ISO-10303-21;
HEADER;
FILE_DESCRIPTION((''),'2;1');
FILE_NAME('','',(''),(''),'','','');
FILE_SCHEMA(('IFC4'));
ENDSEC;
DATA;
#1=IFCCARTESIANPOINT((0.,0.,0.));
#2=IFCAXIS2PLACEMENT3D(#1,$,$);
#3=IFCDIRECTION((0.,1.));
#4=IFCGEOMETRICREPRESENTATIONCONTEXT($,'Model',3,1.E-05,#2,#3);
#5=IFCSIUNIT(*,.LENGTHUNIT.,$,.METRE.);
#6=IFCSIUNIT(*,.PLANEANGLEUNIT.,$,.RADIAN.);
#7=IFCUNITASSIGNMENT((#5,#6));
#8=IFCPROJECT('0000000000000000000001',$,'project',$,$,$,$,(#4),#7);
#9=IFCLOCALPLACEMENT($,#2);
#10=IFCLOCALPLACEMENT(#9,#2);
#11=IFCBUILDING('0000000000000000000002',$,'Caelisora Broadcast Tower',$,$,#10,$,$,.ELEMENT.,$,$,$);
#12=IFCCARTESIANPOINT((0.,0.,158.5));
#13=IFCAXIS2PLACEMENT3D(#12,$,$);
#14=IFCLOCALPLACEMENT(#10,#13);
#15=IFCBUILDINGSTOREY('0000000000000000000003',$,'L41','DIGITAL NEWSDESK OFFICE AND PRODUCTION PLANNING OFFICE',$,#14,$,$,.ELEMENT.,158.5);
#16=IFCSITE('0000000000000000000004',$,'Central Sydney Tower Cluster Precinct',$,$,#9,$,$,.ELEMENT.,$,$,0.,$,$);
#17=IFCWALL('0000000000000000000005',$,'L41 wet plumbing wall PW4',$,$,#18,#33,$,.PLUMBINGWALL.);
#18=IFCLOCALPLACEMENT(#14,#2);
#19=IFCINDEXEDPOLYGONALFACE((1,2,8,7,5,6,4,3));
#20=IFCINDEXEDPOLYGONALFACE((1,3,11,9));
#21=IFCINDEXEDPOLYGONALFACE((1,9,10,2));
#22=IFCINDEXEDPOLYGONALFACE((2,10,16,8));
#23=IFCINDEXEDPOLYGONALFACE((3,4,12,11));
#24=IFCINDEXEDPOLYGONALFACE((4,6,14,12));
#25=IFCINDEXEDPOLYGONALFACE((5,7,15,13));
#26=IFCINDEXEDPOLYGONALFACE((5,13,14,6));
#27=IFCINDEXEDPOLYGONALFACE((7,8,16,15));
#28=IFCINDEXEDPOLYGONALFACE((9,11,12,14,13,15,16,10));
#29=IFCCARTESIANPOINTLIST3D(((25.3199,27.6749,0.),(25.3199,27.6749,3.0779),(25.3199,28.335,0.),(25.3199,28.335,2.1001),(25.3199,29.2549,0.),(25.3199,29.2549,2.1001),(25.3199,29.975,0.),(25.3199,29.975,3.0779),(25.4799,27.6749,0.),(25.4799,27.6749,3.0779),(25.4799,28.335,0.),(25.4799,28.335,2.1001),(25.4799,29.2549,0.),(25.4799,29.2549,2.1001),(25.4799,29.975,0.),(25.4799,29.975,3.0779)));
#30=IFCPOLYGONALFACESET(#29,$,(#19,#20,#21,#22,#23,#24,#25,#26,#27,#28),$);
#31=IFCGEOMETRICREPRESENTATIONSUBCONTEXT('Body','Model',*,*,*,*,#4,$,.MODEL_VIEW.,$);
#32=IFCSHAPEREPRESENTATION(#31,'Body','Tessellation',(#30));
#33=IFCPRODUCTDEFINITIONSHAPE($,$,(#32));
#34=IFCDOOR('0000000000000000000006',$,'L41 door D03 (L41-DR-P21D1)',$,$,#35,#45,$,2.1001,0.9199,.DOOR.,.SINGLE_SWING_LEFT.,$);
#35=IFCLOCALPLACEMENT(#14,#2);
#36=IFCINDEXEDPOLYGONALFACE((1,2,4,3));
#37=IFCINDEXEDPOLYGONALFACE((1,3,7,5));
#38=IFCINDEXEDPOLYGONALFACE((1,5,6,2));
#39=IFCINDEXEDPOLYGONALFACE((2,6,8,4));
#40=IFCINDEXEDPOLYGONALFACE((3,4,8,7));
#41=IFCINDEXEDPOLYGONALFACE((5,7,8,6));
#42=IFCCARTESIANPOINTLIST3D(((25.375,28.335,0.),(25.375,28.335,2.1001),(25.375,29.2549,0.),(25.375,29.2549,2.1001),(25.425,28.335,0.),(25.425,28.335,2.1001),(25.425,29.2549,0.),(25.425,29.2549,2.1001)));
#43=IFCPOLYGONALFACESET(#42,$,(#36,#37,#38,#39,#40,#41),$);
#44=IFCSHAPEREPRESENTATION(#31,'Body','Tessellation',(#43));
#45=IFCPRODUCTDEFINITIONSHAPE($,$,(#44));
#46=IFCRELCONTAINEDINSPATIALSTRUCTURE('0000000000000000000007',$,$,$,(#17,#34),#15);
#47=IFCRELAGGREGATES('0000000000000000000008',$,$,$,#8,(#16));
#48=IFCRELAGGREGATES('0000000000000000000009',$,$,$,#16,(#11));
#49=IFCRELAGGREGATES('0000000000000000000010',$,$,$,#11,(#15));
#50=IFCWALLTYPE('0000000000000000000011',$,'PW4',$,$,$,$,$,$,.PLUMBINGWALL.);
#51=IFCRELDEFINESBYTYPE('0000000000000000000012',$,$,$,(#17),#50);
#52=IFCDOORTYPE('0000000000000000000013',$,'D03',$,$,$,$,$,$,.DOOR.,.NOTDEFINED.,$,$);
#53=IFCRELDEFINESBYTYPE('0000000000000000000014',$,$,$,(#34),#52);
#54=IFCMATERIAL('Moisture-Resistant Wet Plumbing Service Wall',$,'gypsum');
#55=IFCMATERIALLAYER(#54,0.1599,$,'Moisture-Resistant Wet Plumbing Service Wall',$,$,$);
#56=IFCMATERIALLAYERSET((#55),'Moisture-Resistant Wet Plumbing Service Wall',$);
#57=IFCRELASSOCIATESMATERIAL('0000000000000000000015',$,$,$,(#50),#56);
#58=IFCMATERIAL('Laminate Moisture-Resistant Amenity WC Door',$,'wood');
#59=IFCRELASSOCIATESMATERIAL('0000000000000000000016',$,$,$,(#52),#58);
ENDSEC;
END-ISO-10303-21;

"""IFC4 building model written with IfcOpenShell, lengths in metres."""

from ifc_helpers import new_model, si_unit, direction, frame, frame_2d, origin, place, context, subcontext, project, spatial, rectangle, extrude, material, layer, layer_set, type_object, element, fill, save


model = new_model("IFC4")

# Units and contexts
model_context = context("Model", 3, precision=1e-05, world=origin(), true_north=direction((0.0, 1.0)))
body_context = subcontext(model_context, "Body", "Model", "MODEL_VIEW")
ifc_project = project(units=[si_unit("LENGTHUNIT", "METRE"), si_unit("PLANEANGLEUNIT", "RADIAN")], contexts=[model_context])

# Site, building, storey
site_placement = place(None, origin())
site = spatial("IfcSite", under=ifc_project, at=site_placement, Name="Central Sydney Tower Cluster Precinct", CompositionType="ELEMENT", RefElevation=0.0)
building_placement = place(site_placement, origin())
building = spatial("IfcBuilding", under=site, at=building_placement, Name="Caelisora Broadcast Tower", CompositionType="ELEMENT")
storey_placement = place(building_placement, frame((0.0, 0.0, 158.5)))
storey = spatial("IfcBuildingStorey", under=building, at=storey_placement, Name="L41", Description="DIGITAL NEWSDESK OFFICE AND PRODUCTION PLANNING OFFICE", CompositionType="ELEMENT", Elevation=158.5)

# Wall, opening, door
ifc_material_1 = material(Name="Moisture-Resistant Wet Plumbing Service Wall", Category="gypsum")
ifc_layer_1 = layer(ifc_material_1, 0.1599, Name="Moisture-Resistant Wet Plumbing Service Wall")
ifc_layer_set_1 = layer_set([ifc_layer_1], Name="Moisture-Resistant Wet Plumbing Service Wall")
wall_type_1 = type_object("IfcWallType", Name="PW4", PredefinedType="PLUMBINGWALL", material=ifc_layer_set_1)
ifc_material_2 = material(Name="Laminate Moisture-Resistant Amenity WC Door", Category="wood")
door_type_1 = type_object("IfcDoorType", Name="D03", OperationType="NOTDEFINED", PredefinedType="DOOR", material=ifc_material_2)
wall_1_placement = place(storey_placement, frame((25.3999, 27.675, 0.0), z_axis=(0.0, 0.0, 1.0), x_axis=(0.0, 1.0, 0.0)))
wall_1 = element("IfcWall", 1, at=wall_1_placement, inside=storey, type_object=wall_type_1, Name="L41 wet plumbing wall PW4", PredefinedType="PLUMBINGWALL", context=body_context, shape_type="SweptSolid", body=[
    extrude(rectangle(XDim=2.3, YDim=0.1599, at=frame_2d((1.1499, 0.0))), origin(), (0.0, 0.0, 1.0), 3.0779),
])
opening_1_placement = place(wall_1_placement, frame((0.6599, 0.0, 0.0)))
opening_1 = element("IfcOpeningElement", 2, at=opening_1_placement, cuts=wall_1, PredefinedType="OPENING", context=body_context, shape_type="SweptSolid", body=[
    extrude(rectangle(XDim=0.9199, YDim=2.1001, at=frame_2d((0.46, 1.05))), frame((0.0, 0.092, 0.0), z_axis=(0.0, -1.0, 0.0), x_axis=(1.0, 0.0, 0.0)), (0.0, 0.0, 1.0), 0.1838),
])
door_1_placement = place(opening_1_placement, origin())
door_1 = element("IfcDoor", 3, at=door_1_placement, inside=storey, type_object=door_type_1, Name="L41 door D03 (L41-DR-P21D1)", OperationType="SINGLE_SWING_LEFT", OverallHeight=2.1001, OverallWidth=0.9199, PredefinedType="DOOR", context=body_context, shape_type="SweptSolid", body=[
    extrude(rectangle(XDim=0.9199, YDim=2.1001, at=frame_2d((0.46, 1.05))), frame((0.0, 0.0249, 0.0), z_axis=(0.0, -1.0, 0.0), x_axis=(1.0, 0.0, 0.0)), (0.0, 0.0, 1.0), 0.05),
])
fill(opening_1, door_1)

save(model, "model.ifc")
